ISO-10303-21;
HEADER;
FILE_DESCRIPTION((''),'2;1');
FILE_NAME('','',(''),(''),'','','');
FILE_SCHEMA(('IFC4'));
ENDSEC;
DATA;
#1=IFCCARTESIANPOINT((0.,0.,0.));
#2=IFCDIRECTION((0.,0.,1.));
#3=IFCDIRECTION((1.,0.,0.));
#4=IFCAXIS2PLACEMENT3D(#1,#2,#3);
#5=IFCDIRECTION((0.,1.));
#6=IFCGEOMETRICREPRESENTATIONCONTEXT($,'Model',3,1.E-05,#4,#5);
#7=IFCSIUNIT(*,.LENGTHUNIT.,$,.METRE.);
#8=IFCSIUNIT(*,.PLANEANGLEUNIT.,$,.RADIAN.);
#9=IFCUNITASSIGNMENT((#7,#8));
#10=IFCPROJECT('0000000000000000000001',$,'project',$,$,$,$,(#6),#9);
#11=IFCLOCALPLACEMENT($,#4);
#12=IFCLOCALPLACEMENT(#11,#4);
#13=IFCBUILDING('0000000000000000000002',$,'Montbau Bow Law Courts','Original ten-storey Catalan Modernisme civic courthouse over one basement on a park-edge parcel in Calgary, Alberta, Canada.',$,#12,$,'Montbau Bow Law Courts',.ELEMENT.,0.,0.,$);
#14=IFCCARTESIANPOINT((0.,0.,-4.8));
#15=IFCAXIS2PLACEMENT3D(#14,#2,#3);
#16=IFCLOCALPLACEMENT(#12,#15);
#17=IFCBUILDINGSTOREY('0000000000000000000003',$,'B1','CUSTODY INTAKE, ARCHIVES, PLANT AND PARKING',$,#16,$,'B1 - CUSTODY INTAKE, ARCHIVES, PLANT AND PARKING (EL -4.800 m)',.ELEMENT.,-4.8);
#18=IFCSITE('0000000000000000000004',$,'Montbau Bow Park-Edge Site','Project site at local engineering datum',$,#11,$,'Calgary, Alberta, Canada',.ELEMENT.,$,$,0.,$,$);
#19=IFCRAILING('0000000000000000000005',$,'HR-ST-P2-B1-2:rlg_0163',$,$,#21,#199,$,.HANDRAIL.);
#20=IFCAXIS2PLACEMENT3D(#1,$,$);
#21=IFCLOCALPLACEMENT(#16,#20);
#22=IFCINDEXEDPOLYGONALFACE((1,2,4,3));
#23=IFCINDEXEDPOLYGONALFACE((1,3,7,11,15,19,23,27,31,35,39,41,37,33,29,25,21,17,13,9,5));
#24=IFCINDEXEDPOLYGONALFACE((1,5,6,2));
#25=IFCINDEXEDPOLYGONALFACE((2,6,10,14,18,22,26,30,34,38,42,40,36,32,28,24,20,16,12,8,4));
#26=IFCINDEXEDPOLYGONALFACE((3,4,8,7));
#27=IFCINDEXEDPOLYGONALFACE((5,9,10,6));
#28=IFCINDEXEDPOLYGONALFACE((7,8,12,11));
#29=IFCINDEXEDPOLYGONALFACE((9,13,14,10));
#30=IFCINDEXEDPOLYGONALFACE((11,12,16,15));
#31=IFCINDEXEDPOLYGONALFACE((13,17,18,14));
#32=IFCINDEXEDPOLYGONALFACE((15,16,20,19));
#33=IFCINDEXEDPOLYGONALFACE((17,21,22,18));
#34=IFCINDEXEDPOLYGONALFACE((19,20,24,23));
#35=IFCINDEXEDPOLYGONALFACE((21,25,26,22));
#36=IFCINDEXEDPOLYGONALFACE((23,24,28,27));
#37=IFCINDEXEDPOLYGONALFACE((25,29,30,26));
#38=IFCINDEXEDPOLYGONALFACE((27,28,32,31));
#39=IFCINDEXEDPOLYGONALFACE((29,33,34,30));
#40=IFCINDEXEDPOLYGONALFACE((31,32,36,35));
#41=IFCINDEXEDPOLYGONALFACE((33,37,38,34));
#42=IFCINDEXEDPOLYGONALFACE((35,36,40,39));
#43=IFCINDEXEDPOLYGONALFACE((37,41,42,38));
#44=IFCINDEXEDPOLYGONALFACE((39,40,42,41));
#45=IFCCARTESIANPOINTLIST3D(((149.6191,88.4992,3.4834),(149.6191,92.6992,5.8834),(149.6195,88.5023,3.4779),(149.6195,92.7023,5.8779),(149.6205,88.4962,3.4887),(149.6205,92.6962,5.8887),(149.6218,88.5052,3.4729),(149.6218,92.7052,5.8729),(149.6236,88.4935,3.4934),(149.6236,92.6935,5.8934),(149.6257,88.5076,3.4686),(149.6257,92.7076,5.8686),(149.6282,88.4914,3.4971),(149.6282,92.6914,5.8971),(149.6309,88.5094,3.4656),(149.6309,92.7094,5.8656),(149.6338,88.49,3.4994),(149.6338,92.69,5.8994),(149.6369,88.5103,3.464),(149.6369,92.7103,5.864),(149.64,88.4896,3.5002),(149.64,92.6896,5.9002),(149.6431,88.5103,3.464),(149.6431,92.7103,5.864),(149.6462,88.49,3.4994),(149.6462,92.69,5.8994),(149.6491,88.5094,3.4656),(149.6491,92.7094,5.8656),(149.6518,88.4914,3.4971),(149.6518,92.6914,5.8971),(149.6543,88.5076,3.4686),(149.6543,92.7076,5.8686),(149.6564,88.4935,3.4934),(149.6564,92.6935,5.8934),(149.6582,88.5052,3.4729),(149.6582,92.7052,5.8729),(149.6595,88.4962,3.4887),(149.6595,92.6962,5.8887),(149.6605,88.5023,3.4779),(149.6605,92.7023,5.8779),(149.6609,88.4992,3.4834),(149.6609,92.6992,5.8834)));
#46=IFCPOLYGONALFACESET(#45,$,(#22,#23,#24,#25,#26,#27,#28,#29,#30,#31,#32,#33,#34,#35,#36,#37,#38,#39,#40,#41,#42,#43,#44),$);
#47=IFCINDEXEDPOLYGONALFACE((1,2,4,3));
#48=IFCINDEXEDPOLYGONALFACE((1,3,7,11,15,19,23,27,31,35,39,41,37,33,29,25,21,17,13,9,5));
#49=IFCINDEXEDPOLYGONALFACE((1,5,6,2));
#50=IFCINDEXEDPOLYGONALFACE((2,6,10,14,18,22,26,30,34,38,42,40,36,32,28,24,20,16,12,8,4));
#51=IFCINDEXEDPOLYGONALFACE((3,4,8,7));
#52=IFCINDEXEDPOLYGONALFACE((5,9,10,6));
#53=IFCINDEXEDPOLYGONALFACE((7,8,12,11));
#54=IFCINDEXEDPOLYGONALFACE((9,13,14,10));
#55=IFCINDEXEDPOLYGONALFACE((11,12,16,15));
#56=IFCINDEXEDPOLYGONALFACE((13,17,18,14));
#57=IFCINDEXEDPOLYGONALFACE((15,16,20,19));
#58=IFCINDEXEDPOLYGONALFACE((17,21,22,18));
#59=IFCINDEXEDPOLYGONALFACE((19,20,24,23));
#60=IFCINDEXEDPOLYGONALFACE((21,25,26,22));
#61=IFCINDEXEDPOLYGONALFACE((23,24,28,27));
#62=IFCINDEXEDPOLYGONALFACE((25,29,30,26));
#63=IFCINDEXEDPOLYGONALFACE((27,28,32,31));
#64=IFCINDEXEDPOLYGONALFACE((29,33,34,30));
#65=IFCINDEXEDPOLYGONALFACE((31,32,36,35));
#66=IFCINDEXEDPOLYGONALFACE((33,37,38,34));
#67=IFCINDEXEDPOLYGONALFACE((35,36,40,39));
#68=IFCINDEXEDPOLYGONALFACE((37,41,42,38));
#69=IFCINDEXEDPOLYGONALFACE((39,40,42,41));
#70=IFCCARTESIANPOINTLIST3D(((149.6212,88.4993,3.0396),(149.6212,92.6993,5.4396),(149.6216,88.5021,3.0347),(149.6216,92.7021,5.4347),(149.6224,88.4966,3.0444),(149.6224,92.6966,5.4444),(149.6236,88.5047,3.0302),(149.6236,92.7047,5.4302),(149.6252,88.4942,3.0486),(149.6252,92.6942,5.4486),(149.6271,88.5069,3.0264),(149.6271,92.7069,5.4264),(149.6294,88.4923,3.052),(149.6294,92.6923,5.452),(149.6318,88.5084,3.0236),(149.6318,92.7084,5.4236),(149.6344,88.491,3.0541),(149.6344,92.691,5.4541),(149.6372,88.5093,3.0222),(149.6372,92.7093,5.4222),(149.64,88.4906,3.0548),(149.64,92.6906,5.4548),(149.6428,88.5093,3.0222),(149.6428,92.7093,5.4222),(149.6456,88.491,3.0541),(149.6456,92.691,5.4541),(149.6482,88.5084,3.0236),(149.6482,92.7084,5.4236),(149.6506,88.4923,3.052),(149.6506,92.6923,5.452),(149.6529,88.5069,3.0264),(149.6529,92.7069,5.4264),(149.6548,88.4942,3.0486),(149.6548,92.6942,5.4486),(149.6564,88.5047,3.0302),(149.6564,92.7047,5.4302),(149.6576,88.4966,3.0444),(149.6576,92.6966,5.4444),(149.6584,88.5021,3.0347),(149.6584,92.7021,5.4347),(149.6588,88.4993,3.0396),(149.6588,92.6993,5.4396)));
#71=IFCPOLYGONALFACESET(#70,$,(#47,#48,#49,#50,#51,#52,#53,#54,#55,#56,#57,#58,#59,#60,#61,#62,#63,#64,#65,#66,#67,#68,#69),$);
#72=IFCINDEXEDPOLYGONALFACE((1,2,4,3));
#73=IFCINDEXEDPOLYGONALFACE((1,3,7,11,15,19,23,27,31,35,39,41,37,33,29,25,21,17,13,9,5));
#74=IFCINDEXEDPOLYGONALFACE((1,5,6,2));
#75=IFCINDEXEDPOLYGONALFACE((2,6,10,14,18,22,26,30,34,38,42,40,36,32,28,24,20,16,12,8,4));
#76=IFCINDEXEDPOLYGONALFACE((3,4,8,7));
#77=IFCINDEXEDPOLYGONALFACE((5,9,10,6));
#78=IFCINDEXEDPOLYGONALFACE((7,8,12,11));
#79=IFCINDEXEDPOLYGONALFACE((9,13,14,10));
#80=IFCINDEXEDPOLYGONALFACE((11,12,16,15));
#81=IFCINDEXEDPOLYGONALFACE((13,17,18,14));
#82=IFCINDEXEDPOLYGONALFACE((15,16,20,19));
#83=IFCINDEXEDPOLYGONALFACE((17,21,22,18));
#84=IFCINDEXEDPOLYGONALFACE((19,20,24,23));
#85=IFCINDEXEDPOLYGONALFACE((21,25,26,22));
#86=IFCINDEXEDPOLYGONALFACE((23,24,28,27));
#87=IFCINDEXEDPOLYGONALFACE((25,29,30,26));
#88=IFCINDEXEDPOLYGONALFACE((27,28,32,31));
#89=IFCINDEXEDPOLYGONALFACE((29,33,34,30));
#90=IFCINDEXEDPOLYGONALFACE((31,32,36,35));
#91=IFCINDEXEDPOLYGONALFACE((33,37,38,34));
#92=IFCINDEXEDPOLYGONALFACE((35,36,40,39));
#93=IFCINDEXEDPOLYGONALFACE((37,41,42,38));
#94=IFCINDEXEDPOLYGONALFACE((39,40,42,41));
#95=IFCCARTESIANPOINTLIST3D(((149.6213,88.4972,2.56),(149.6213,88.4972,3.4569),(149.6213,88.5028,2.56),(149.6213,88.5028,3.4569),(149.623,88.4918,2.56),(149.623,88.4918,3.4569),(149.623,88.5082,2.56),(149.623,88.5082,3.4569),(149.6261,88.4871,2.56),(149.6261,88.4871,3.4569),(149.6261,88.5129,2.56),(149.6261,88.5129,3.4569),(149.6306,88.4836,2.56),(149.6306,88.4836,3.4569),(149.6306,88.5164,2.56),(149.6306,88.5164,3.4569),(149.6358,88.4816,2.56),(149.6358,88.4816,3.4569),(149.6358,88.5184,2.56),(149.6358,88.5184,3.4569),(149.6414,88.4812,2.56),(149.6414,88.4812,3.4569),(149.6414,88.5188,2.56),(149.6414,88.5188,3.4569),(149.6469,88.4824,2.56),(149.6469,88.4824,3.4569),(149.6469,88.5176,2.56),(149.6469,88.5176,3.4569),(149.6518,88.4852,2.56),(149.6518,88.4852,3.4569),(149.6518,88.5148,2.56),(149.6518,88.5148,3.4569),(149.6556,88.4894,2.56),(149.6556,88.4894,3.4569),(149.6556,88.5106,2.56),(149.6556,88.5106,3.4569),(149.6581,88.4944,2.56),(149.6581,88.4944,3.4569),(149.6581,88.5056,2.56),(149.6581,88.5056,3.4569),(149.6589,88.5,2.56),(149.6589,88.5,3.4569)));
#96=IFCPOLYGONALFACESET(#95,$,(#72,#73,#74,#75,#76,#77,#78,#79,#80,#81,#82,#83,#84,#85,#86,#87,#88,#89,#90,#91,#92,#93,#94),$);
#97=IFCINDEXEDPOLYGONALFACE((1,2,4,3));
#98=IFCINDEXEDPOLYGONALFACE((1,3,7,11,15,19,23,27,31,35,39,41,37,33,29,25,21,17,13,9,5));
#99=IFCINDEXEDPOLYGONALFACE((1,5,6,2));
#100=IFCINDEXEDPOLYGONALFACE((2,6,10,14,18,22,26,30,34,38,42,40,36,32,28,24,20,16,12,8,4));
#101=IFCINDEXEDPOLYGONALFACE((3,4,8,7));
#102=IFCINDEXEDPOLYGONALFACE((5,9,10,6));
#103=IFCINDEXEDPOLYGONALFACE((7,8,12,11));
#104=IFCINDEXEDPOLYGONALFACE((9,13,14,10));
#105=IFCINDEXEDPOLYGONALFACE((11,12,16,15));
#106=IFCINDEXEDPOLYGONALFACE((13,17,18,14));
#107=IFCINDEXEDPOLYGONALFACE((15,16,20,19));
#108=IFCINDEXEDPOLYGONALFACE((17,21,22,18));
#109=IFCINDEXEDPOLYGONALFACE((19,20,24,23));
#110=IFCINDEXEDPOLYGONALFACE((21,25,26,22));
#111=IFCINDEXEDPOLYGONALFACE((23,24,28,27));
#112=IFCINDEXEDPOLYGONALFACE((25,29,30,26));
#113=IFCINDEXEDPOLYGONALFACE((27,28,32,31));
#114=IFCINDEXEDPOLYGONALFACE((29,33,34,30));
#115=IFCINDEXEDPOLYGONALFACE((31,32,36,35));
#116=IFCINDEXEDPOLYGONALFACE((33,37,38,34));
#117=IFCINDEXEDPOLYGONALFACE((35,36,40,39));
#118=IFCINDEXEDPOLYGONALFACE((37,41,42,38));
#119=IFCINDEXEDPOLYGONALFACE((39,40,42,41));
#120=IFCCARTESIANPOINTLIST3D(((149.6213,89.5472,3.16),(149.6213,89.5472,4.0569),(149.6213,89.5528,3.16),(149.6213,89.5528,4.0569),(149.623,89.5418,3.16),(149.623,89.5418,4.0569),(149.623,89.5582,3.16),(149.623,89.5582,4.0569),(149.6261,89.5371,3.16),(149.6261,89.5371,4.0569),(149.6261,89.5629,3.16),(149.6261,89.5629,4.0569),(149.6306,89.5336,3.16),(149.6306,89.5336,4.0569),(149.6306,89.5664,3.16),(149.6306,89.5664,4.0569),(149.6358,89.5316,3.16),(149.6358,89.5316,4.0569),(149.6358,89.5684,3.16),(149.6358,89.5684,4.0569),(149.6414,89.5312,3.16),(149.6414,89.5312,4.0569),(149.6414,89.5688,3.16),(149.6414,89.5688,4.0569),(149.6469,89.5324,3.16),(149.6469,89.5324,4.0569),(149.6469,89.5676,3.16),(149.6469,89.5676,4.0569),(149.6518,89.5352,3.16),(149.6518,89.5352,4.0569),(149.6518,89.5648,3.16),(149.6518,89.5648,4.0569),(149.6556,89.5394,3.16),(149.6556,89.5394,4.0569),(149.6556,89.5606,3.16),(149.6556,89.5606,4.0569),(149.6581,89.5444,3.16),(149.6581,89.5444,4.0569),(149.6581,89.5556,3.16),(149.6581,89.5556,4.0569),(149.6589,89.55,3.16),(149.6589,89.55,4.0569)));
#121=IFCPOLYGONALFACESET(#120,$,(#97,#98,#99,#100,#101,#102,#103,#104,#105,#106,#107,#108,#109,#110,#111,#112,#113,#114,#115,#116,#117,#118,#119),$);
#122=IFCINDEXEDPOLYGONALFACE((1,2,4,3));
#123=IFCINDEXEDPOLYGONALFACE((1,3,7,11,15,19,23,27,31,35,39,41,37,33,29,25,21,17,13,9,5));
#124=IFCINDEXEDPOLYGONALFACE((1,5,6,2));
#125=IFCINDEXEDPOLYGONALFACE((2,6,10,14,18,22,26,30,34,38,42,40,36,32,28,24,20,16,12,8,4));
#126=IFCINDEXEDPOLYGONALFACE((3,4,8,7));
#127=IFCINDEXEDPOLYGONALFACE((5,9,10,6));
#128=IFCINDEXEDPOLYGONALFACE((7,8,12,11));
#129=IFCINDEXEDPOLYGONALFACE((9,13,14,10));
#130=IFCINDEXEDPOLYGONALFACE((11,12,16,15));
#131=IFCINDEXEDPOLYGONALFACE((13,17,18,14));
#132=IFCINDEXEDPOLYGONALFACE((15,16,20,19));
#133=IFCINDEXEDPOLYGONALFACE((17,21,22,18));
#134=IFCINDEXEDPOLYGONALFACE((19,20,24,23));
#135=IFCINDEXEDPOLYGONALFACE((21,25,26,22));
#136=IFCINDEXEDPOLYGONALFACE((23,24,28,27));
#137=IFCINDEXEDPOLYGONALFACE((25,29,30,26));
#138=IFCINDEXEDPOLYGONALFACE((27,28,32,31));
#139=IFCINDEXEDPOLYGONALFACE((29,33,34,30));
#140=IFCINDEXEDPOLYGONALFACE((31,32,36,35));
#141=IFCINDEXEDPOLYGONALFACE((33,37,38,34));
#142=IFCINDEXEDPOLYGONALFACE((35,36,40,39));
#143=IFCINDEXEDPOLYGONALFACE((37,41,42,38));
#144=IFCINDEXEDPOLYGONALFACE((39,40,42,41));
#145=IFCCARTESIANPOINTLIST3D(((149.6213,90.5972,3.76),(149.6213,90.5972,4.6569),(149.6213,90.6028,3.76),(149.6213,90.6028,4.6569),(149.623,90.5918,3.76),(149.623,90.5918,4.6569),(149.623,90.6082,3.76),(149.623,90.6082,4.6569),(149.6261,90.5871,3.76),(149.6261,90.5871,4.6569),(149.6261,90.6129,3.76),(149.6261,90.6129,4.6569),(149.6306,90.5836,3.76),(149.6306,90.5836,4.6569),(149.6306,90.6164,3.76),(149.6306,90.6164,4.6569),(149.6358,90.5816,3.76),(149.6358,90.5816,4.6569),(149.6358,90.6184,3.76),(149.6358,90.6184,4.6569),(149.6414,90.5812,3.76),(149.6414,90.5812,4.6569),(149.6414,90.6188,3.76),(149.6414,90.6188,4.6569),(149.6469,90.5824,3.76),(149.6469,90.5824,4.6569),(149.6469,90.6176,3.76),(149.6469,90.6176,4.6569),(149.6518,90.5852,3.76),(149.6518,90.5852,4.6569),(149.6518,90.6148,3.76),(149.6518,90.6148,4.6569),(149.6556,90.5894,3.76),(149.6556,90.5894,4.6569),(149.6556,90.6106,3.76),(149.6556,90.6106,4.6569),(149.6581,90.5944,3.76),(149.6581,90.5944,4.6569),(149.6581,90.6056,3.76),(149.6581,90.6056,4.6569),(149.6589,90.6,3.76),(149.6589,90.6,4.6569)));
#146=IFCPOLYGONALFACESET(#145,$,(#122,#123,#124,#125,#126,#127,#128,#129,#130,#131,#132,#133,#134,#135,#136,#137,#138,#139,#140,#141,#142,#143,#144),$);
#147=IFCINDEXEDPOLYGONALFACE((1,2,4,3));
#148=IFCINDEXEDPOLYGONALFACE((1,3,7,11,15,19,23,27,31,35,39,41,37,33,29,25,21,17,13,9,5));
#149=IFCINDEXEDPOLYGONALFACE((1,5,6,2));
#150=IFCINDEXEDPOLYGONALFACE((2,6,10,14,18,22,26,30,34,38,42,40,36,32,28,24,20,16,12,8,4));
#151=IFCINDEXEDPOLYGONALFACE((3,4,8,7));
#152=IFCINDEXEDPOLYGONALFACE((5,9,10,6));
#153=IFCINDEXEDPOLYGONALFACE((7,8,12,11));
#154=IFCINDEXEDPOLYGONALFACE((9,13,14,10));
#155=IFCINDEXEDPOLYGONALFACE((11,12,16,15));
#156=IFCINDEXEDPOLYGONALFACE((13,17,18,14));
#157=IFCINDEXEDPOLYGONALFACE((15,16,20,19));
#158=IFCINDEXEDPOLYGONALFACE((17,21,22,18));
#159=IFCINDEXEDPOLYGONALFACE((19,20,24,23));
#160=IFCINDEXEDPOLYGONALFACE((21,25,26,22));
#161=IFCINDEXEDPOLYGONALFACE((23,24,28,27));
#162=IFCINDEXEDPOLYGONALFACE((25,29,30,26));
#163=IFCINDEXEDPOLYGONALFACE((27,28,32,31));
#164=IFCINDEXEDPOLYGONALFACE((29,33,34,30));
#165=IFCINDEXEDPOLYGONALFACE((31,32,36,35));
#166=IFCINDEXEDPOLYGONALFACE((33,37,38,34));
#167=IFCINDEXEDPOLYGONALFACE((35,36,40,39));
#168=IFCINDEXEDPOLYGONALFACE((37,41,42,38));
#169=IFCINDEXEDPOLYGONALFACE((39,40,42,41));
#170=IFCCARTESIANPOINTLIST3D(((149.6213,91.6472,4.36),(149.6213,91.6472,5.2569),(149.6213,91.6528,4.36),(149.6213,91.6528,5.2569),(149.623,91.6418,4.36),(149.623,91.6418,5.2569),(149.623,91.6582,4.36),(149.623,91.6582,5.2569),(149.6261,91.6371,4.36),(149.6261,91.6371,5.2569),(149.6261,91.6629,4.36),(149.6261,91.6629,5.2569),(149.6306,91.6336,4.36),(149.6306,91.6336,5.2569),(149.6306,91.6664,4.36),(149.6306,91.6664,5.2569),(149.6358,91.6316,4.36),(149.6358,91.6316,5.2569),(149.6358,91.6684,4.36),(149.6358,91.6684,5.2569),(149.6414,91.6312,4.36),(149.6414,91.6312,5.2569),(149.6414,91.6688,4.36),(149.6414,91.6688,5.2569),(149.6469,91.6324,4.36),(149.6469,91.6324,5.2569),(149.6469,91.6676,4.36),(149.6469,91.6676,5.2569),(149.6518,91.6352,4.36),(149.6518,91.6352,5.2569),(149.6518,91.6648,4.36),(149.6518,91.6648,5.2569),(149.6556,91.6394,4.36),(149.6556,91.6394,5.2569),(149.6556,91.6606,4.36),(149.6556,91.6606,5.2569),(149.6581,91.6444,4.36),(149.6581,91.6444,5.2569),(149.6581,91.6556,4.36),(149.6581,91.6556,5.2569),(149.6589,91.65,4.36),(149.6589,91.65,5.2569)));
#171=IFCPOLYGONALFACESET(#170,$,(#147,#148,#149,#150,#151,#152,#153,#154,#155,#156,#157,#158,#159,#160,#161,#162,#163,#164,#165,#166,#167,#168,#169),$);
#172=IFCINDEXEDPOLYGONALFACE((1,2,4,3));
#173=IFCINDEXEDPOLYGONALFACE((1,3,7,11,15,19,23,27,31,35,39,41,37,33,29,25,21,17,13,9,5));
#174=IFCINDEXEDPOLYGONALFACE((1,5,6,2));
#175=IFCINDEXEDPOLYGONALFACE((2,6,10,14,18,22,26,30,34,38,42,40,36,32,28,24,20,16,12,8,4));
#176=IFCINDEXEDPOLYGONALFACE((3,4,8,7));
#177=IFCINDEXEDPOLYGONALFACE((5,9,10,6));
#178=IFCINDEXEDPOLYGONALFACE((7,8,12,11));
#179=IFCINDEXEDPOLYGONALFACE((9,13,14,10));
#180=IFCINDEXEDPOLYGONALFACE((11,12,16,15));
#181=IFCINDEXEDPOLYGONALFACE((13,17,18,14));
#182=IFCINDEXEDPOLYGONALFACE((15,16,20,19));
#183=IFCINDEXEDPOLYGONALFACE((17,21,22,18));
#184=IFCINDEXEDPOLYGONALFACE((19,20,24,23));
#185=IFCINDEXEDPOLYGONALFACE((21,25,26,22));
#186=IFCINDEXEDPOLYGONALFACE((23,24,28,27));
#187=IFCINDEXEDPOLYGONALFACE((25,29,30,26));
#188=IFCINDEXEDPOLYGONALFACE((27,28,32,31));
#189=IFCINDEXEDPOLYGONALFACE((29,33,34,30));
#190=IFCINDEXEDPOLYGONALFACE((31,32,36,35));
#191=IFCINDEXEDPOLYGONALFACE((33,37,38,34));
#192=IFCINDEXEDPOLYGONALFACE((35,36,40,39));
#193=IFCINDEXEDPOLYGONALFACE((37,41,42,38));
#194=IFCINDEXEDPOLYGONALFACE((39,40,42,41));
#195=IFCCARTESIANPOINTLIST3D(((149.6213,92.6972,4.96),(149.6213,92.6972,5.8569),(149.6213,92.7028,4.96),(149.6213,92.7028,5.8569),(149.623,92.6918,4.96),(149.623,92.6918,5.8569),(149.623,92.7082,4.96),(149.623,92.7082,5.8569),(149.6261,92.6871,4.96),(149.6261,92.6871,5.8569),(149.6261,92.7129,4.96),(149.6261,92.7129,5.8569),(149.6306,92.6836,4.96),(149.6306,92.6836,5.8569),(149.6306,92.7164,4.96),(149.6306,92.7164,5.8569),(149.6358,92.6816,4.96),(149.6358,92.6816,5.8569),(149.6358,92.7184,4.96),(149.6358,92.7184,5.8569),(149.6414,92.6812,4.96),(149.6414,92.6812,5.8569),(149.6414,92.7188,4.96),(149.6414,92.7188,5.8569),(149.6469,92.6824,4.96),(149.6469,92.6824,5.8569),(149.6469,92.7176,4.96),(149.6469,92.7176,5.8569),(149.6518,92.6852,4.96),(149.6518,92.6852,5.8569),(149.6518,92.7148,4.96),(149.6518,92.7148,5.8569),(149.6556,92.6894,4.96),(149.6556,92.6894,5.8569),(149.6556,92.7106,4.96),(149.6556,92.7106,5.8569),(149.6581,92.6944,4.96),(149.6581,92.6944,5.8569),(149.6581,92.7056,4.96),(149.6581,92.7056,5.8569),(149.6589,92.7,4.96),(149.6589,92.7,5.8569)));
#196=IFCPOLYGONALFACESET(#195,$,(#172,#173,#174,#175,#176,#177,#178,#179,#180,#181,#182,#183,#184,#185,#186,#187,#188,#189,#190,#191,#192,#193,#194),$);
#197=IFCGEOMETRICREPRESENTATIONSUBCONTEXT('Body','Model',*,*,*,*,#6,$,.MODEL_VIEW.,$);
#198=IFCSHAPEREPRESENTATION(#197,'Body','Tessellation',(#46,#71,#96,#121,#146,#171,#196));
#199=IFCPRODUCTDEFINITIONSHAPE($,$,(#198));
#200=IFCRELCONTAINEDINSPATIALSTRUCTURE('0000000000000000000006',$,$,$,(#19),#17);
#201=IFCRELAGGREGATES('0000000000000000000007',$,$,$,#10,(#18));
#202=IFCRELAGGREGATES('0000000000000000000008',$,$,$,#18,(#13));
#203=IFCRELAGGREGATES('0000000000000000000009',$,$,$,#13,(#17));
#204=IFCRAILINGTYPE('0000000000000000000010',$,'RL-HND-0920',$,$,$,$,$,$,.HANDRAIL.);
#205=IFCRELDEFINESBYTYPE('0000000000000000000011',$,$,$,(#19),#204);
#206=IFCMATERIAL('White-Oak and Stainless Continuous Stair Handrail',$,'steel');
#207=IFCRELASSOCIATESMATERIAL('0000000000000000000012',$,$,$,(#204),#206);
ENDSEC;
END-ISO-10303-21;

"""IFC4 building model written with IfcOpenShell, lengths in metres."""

from ifc_helpers import new_model, si_unit, direction, frame, origin_with_axes, origin_2d_with_axis, place, context, subcontext, project, spatial, circle, extrude, material, type_object, element, save


model = new_model("IFC4")

# Units and contexts
model_context = context("Model", 3, precision=1e-05, world=origin_with_axes(), true_north=direction((0.0, 1.0)))
body_context = subcontext(model_context, "Body", "Model", "MODEL_VIEW")
ifc_project = project(units=[si_unit("LENGTHUNIT", "METRE"), si_unit("PLANEANGLEUNIT", "RADIAN")], contexts=[model_context])

# Site, building, storey
site_placement = place(None, origin_with_axes())
site = spatial("IfcSite", under=ifc_project, at=site_placement, Name="Montbau Bow Park-Edge Site", Description="Project site at local engineering datum", LongName="Calgary, Alberta, Canada", CompositionType="ELEMENT", RefElevation=0.0)
building_placement = place(site_placement, origin_with_axes())
building = spatial("IfcBuilding", under=site, at=building_placement, Name="Montbau Bow Law Courts", Description="Original ten-storey Catalan Modernisme civic courthouse over one basement on a park-edge parcel in Calgary, Alberta, Canada.", LongName="Montbau Bow Law Courts", CompositionType="ELEMENT", ElevationOfRefHeight=0.0, ElevationOfTerrain=0.0)
storey_placement = place(building_placement, frame((0.0, 0.0, -4.8), z_axis=(0.0, 0.0, 1.0), x_axis=(1.0, 0.0, 0.0)))
storey = spatial("IfcBuildingStorey", under=building, at=storey_placement, Name="B1", Description="CUSTODY INTAKE, ARCHIVES, PLANT AND PARKING", LongName="B1 - CUSTODY INTAKE, ARCHIVES, PLANT AND PARKING (EL -4.800 m)", CompositionType="ELEMENT", Elevation=-4.8)

# Railing
ifc_material_1 = material(Name="White-Oak and Stainless Continuous Stair Handrail", Category="steel")
railing_type_1 = type_object("IfcRailingType", Name="RL-HND-0920", PredefinedType="HANDRAIL", material=ifc_material_1)
railing_1_placement = place(None, origin_with_axes())
element("IfcRailing", 1, at=railing_1_placement, inside=storey, type_object=railing_type_1, Name="HR-ST-P2-B1-2:rlg_0163", PredefinedType="HANDRAIL", context=body_context, shape_type="SweptSolid", body=[
    extrude(circle(Radius=0.021, at=origin_2d_with_axis()), frame((149.64, 88.5, -1.318), z_axis=(0.0, 0.868243, 0.496139), x_axis=(0.0, -0.496139, 0.868243)), (0.0, 0.0, 1.0), 4.8374),
    extrude(circle(Radius=0.0189, at=origin_2d_with_axis()), frame((149.64, 88.5, -1.7616), z_axis=(0.0, 0.868243, 0.496139), x_axis=(0.0, -0.496139, 0.868243)), (0.0, 0.0, 1.0), 4.8374),
    extrude(circle(Radius=0.0189, at=origin_2d_with_axis()), frame((149.64, 88.5, -2.24), z_axis=(0.0, 0.0, 1.0), x_axis=(1.0, 0.0, 0.0)), (0.0, 0.0, 1.0), 0.8969),
    extrude(circle(Radius=0.0189, at=origin_2d_with_axis()), frame((149.64, 89.55, -1.64), z_axis=(0.0, 0.0, 1.0), x_axis=(1.0, 0.0, 0.0)), (0.0, 0.0, 1.0), 0.8969),
    extrude(circle(Radius=0.0189, at=origin_2d_with_axis()), frame((149.64, 90.6, -1.04), z_axis=(0.0, 0.0, 1.0), x_axis=(1.0, 0.0, 0.0)), (0.0, 0.0, 1.0), 0.8969),
    extrude(circle(Radius=0.0189, at=origin_2d_with_axis()), frame((149.64, 91.65, -0.44), z_axis=(0.0, 0.0, 1.0), x_axis=(1.0, 0.0, 0.0)), (0.0, 0.0, 1.0), 0.8969),
    extrude(circle(Radius=0.0189, at=origin_2d_with_axis()), frame((149.64, 92.7, 0.16), z_axis=(0.0, 0.0, 1.0), x_axis=(1.0, 0.0, 0.0)), (0.0, 0.0, 1.0), 0.8969),
])

save(model, "model.ifc")
